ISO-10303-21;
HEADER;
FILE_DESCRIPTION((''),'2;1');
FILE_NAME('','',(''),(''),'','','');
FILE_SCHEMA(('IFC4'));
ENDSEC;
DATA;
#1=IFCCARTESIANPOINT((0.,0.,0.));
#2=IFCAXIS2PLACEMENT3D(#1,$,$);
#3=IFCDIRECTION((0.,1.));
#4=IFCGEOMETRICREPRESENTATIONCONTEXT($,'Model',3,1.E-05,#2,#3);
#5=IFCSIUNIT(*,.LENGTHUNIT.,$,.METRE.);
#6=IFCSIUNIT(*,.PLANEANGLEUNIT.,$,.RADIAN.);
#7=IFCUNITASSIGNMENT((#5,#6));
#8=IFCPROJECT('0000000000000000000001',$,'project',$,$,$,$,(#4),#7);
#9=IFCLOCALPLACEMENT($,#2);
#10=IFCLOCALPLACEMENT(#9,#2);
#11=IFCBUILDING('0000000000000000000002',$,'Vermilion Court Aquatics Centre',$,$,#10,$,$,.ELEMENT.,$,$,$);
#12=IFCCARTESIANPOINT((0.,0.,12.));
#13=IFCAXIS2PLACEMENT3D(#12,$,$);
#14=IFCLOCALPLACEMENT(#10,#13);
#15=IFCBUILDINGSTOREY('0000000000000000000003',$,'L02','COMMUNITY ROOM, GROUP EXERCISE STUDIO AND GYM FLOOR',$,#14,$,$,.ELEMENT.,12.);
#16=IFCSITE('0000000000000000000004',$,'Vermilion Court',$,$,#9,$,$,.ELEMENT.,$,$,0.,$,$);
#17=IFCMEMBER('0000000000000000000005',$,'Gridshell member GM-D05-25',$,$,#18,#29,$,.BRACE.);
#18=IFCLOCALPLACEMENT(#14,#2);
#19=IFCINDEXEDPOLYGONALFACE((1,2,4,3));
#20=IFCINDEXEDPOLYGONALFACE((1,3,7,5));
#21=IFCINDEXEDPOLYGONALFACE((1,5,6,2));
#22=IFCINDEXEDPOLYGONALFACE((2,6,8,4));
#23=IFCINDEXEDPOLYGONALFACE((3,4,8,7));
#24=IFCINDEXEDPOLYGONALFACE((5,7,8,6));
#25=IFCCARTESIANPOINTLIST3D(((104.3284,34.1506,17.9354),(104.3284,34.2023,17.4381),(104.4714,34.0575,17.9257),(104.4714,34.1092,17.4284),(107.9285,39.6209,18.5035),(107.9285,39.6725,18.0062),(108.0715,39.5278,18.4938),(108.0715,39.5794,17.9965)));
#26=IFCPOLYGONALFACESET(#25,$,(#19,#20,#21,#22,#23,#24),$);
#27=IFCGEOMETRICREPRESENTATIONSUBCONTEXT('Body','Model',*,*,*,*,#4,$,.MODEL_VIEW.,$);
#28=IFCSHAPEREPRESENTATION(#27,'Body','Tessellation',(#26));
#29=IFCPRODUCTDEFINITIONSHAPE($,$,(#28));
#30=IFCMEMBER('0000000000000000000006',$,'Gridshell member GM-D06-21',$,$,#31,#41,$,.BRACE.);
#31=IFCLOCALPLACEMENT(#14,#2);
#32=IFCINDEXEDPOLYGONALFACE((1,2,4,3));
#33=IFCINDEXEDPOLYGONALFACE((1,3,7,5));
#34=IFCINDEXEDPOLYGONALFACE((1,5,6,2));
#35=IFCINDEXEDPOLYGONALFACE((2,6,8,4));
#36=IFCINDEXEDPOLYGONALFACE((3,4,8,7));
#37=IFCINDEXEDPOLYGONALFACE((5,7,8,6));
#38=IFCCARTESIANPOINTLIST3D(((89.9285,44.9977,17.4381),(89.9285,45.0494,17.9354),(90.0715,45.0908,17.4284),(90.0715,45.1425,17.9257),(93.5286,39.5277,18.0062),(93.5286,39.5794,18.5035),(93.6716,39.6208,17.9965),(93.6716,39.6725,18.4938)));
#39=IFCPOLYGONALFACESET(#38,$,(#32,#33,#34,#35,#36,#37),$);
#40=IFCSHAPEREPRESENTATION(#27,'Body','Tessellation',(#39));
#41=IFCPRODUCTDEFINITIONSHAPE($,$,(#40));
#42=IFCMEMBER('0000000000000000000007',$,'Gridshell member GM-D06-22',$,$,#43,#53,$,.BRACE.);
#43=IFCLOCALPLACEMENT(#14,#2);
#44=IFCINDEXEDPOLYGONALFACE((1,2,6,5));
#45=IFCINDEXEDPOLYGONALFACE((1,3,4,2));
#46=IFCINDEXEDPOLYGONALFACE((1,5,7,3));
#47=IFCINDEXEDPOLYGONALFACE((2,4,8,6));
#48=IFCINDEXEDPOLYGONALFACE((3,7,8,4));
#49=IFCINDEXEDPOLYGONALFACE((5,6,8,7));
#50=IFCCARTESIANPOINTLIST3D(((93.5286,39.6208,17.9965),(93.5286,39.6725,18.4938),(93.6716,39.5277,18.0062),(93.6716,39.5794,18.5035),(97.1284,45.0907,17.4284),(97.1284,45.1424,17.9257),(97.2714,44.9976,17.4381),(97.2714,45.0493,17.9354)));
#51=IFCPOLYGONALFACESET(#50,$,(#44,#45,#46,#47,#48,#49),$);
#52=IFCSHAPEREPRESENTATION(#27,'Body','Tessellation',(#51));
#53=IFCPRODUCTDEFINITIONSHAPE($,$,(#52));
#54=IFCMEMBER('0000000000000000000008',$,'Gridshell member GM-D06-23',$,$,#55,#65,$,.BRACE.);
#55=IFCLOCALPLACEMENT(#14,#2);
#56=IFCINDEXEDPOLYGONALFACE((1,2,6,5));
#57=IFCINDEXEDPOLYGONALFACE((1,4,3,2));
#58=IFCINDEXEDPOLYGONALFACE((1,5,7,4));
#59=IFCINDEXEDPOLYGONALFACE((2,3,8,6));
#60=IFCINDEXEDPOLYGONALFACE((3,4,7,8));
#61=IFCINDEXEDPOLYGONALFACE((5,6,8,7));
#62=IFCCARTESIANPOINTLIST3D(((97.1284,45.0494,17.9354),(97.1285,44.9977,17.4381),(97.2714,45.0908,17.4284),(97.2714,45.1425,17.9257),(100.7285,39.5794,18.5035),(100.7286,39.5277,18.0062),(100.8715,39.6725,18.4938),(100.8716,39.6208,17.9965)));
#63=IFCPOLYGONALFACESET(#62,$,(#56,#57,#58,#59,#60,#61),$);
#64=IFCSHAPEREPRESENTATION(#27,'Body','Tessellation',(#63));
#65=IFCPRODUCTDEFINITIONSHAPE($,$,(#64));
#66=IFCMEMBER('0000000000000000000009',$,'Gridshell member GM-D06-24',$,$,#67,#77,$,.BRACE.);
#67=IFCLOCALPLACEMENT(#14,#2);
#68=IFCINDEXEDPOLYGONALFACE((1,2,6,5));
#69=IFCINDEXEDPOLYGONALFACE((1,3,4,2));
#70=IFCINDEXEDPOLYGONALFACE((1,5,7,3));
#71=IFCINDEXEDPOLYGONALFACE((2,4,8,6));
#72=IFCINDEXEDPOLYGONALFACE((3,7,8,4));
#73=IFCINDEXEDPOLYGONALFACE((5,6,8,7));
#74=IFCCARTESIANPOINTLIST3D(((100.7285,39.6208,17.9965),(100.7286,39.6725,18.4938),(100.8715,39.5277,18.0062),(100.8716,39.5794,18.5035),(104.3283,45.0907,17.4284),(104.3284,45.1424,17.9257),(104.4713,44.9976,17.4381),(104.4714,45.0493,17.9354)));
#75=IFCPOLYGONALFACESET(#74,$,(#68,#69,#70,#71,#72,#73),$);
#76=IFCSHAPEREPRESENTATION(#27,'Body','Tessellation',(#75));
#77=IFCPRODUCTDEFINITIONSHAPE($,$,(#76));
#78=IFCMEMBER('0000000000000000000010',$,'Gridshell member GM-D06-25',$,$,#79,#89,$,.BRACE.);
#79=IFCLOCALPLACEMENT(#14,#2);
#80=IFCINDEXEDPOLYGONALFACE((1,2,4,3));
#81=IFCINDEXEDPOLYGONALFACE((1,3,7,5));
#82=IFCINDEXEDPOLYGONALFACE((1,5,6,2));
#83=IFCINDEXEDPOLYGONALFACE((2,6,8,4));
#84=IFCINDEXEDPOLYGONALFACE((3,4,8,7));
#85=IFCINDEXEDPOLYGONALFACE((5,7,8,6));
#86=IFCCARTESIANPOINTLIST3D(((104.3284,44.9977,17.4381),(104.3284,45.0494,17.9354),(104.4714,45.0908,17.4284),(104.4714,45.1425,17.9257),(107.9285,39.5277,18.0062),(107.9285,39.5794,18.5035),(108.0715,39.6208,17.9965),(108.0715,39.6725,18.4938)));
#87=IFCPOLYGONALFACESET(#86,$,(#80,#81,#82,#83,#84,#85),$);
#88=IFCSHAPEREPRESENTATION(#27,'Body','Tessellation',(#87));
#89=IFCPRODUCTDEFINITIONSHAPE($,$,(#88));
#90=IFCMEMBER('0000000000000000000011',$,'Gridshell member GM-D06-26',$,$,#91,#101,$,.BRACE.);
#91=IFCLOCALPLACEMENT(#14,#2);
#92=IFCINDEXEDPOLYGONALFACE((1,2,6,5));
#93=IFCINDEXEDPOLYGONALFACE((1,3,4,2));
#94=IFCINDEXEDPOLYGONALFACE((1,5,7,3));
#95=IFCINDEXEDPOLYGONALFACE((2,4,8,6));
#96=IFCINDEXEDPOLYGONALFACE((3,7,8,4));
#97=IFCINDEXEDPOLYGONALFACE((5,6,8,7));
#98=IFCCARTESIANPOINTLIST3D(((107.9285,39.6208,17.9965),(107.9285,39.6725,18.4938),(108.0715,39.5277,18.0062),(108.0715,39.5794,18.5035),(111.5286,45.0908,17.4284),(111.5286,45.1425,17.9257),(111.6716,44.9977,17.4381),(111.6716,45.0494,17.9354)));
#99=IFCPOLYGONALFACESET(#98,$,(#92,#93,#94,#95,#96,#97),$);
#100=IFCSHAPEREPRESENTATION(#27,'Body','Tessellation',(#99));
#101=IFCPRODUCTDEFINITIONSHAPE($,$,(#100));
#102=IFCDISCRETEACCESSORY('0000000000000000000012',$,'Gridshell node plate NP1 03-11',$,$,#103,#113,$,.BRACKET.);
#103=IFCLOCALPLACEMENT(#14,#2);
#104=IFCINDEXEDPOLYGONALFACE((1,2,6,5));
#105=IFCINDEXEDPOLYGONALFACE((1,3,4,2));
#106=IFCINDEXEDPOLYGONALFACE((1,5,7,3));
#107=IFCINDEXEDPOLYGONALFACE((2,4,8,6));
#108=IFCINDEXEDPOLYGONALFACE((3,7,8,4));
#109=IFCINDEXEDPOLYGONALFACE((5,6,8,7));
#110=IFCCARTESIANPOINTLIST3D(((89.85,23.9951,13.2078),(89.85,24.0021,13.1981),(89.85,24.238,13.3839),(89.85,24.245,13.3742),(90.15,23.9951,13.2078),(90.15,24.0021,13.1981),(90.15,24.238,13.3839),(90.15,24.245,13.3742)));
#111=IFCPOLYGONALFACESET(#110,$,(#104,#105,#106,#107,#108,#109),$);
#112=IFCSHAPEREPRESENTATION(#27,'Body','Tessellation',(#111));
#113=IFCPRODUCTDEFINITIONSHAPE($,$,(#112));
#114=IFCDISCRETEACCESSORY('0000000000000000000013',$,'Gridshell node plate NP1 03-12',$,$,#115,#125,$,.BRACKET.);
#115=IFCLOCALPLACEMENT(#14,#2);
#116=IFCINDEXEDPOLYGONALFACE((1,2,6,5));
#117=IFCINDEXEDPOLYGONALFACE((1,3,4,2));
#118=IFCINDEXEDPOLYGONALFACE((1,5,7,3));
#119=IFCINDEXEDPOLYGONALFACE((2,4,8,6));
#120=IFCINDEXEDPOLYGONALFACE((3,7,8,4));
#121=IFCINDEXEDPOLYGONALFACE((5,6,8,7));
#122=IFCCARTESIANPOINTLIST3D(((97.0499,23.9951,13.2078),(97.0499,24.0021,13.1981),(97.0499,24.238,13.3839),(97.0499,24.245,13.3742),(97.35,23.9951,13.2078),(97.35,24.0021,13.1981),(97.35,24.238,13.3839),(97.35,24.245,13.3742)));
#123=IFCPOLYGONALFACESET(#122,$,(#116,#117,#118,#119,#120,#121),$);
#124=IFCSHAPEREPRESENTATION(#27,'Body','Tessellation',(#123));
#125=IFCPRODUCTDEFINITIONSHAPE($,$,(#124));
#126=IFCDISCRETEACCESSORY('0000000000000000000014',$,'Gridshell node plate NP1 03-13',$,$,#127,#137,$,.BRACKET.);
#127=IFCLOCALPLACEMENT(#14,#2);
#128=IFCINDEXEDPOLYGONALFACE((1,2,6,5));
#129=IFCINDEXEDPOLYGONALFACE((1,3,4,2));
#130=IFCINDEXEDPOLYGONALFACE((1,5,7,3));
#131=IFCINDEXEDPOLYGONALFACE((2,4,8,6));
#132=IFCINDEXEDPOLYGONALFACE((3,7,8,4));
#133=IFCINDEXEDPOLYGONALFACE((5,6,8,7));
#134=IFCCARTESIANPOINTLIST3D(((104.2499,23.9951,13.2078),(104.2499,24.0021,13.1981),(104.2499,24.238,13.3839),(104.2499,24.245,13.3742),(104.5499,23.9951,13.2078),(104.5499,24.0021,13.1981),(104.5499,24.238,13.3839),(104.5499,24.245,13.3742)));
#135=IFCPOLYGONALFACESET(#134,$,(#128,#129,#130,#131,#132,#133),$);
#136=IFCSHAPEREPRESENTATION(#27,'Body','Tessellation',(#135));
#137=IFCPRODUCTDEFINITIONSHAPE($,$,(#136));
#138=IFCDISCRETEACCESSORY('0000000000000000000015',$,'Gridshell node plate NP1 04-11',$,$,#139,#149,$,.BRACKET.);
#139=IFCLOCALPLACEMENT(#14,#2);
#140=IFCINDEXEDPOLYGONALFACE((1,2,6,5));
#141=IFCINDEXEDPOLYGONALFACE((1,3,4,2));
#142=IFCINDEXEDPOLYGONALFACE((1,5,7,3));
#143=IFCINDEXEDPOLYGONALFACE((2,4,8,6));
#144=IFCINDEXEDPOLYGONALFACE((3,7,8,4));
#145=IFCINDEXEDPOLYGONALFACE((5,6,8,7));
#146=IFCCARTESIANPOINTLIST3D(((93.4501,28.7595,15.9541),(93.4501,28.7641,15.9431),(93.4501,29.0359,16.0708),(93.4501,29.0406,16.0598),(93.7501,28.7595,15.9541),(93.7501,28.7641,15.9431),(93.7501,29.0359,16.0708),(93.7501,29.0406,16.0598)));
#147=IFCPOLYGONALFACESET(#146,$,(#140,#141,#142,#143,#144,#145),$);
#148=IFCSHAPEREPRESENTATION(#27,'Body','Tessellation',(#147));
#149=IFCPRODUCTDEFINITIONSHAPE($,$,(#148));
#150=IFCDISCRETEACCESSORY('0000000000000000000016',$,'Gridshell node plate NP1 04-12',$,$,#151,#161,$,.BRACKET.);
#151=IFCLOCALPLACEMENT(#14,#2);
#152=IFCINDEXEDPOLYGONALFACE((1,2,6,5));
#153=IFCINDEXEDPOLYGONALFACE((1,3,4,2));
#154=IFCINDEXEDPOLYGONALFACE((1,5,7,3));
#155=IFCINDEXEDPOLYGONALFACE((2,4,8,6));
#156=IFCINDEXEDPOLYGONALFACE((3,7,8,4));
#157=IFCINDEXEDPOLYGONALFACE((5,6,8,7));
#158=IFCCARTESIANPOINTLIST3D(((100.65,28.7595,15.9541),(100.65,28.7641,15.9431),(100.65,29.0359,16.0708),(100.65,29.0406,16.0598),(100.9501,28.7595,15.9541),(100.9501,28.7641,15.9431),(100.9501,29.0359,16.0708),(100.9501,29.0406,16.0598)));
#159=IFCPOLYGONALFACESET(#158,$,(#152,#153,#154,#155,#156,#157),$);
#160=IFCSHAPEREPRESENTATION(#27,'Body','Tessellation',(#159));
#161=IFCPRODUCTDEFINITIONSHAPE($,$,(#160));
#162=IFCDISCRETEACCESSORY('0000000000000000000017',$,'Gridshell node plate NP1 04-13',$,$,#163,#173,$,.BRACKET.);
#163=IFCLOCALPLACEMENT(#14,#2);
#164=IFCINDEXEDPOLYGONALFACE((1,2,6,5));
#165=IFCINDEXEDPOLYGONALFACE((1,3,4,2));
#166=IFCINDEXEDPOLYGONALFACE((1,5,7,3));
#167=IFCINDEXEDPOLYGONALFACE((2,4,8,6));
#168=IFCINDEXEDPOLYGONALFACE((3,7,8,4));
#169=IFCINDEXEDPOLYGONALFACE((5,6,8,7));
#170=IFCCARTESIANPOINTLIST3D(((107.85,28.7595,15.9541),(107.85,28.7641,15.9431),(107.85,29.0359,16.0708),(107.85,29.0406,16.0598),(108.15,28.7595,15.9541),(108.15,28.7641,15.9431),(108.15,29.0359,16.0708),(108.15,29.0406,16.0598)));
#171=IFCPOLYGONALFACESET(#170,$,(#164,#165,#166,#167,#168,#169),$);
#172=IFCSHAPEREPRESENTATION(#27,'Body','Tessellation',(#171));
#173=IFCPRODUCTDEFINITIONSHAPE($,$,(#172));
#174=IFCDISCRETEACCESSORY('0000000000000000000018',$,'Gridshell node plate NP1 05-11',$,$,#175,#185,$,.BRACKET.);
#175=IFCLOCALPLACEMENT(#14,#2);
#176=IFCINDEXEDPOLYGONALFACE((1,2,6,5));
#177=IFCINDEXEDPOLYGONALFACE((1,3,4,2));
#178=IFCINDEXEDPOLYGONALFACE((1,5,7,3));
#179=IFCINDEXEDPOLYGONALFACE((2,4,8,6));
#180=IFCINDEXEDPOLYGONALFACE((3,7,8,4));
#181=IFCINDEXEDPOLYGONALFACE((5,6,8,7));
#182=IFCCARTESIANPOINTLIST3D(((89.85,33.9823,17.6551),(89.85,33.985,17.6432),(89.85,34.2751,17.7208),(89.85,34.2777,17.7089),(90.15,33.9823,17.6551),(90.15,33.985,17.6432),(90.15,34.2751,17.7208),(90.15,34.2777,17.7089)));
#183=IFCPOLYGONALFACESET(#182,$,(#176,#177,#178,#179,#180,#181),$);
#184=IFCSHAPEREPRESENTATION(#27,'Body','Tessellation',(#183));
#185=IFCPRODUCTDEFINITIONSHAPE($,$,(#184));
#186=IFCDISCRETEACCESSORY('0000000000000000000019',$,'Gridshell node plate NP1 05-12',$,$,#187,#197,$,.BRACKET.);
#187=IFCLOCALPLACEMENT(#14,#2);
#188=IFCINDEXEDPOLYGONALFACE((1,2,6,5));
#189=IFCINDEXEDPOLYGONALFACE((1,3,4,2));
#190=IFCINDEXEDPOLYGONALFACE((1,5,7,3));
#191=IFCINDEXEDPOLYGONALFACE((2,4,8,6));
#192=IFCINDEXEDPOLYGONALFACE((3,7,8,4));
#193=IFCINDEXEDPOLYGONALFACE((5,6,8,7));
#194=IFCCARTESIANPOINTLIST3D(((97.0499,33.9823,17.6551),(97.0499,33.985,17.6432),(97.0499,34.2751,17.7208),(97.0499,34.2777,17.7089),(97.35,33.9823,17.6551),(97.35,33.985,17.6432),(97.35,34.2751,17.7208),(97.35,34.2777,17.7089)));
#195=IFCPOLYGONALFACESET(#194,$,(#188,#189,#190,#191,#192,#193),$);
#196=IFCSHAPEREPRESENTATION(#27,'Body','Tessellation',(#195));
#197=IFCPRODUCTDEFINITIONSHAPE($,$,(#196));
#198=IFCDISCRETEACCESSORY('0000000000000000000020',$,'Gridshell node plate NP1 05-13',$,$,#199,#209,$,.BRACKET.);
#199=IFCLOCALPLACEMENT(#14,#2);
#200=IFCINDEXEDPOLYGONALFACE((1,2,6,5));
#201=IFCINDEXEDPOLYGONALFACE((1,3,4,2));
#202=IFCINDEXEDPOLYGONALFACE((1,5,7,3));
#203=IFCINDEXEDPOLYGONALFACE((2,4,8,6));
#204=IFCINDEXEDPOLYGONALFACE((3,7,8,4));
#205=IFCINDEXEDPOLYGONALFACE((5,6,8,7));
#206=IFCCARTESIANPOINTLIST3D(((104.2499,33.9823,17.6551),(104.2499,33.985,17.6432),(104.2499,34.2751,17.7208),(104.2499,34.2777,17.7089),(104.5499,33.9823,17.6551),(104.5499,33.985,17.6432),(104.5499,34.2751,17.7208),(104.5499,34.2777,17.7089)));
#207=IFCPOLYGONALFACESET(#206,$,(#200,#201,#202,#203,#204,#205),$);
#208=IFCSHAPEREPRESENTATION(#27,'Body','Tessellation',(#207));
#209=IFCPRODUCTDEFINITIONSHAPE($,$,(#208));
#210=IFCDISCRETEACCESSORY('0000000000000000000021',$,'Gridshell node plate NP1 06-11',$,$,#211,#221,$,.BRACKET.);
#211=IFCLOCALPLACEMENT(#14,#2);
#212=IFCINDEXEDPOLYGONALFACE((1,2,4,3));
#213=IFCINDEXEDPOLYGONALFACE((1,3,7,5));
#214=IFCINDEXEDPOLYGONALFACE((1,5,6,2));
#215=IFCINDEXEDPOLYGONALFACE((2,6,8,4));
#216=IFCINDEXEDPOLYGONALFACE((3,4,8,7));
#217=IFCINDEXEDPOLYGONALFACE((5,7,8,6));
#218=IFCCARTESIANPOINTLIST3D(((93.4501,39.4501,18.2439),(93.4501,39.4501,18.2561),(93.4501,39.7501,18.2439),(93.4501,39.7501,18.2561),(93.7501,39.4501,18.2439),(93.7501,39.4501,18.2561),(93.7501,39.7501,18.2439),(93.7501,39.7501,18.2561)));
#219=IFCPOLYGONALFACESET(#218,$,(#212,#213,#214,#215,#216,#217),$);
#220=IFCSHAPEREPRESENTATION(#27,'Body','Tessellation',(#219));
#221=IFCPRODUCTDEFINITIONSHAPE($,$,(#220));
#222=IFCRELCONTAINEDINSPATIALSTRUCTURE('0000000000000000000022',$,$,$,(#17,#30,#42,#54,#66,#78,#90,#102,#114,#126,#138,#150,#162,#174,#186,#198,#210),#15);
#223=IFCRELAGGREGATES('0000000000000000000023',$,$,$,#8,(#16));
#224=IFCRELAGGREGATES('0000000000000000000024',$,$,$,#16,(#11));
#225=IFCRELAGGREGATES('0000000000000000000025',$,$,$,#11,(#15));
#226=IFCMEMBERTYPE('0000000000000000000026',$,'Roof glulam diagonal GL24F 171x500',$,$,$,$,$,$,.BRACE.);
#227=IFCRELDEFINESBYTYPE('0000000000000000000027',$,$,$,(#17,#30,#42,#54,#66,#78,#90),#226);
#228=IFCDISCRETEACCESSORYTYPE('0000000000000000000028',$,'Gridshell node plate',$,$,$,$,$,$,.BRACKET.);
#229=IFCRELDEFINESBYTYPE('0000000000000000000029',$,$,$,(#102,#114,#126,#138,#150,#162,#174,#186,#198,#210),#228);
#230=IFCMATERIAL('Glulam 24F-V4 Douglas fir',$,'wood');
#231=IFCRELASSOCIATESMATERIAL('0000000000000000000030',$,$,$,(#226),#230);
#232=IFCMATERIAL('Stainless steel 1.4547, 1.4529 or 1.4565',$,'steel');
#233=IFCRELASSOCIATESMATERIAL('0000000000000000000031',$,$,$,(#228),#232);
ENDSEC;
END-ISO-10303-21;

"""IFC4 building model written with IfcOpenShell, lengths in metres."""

from ifc_helpers import new_model, si_unit, direction, frame, origin, origin_2d, place, context, subcontext, project, spatial, rectangle, extrude, material, material_profile, profile_set, type_object, element, save


model = new_model("IFC4")

# Units and contexts
model_context = context("Model", 3, precision=1e-05, world=origin(), true_north=direction((0.0, 1.0)))
body_context = subcontext(model_context, "Body", "Model", "MODEL_VIEW")
ifc_project = project(units=[si_unit("LENGTHUNIT", "METRE"), si_unit("PLANEANGLEUNIT", "RADIAN")], contexts=[model_context])

# Site, building, storey
site_placement = place(None, origin())
site = spatial("IfcSite", under=ifc_project, at=site_placement, Name="Vermilion Court", CompositionType="ELEMENT", RefElevation=0.0)
building_placement = place(site_placement, origin())
building = spatial("IfcBuilding", under=site, at=building_placement, Name="Vermilion Court Aquatics Centre", CompositionType="ELEMENT")
storey_placement = place(building_placement, frame((0.0, 0.0, 12.0)))
storey = spatial("IfcBuildingStorey", under=building, at=storey_placement, Name="L02", Description="COMMUNITY ROOM, GROUP EXERCISE STUDIO AND GYM FLOOR", CompositionType="ELEMENT", Elevation=12.0)

# Members
ifc_material_1 = material(Name="Glulam 24F-V4 Douglas fir", Category="wood")
ifc_material_profile_1 = material_profile(ifc_material_1, rectangle(XDim=0.1709, YDim=0.5, at=origin_2d()), Name="GL24F 171x500")
ifc_profile_set_1 = profile_set([ifc_material_profile_1], Name="Glulam 24F-V4 Douglas fir")
member_type = type_object("IfcMemberType", Name="Roof glulam diagonal GL24F 171x500", PredefinedType="BRACE", material=ifc_profile_set_1)
member_1_placement = place(storey_placement, frame((104.3999, 34.1299, 17.6819), z_axis=(0.547695, 0.832202, 0.086429), x_axis=(-0.836678, 0.54477, 0.056532)))
element("IfcMember", 1, at=member_1_placement, inside=storey, type_object=member_type, Name="Gridshell member GM-D05-25", PredefinedType="BRACE", context=body_context, shape_type="SweptSolid", body=[
    extrude(rectangle(XDim=0.1709, YDim=0.5, at=origin_2d()), origin(), (0.0, 0.0, 1.0), 6.5732),
])
member_2_placement = place(storey_placement, frame((93.6001, 39.6001, 18.25), z_axis=(-0.547712, 0.832191, -0.086432), x_axis=(-0.836667, -0.544787, 0.056532)))
element("IfcMember", 2, at=member_2_placement, inside=storey, type_object=member_type, Name="Gridshell member GM-D06-21", PredefinedType="BRACE", context=body_context, shape_type="SweptSolid", body=[
    extrude(rectangle(XDim=0.1709, YDim=0.5, at=origin_2d()), origin(), (0.0, 0.0, 1.0), 6.573),
])
member_3_placement = place(storey_placement, frame((93.6001, 39.6001, 18.25), z_axis=(0.547686, 0.832208, -0.086434), x_axis=(-0.836684, 0.54476, -0.056532)))
element("IfcMember", 3, at=member_3_placement, inside=storey, type_object=member_type, Name="Gridshell member GM-D06-22", PredefinedType="BRACE", context=body_context, shape_type="SweptSolid", body=[
    extrude(rectangle(XDim=0.1709, YDim=0.5, at=origin_2d()), origin(), (0.0, 0.0, 1.0), 6.5728),
])
member_4_placement = place(storey_placement, frame((100.8, 39.6001, 18.25), z_axis=(-0.547712, 0.832191, -0.086432), x_axis=(-0.836667, -0.544787, 0.056532)))
element("IfcMember", 4, at=member_4_placement, inside=storey, type_object=member_type, Name="Gridshell member GM-D06-23", PredefinedType="BRACE", context=body_context, shape_type="SweptSolid", body=[
    extrude(rectangle(XDim=0.1709, YDim=0.5, at=origin_2d()), origin(), (0.0, 0.0, 1.0), 6.573),
])
member_5_placement = place(storey_placement, frame((100.8, 39.6001, 18.25), z_axis=(0.547686, 0.832208, -0.086434), x_axis=(-0.836684, 0.54476, -0.056532)))
element("IfcMember", 5, at=member_5_placement, inside=storey, type_object=member_type, Name="Gridshell member GM-D06-24", PredefinedType="BRACE", context=body_context, shape_type="SweptSolid", body=[
    extrude(rectangle(XDim=0.1709, YDim=0.5, at=origin_2d()), origin(), (0.0, 0.0, 1.0), 6.5728),
])
for number, where, z_axis, x_axis, name in (
    (6, (108.0, 39.6001, 18.25), (-0.547712, 0.832191, -0.086432), (-0.836667, -0.544787, 0.056532), "Gridshell member GM-D06-25"),
    (7, (108.0, 39.6001, 18.25), (0.547712, 0.832191, -0.086432), (-0.836667, 0.544787, -0.056532), "Gridshell member GM-D06-26"),
):
    element("IfcMember", number, at=place(storey_placement, frame(where, z_axis=z_axis, x_axis=x_axis)), inside=storey, type_object=member_type, Name=name, PredefinedType="BRACE", context=body_context, shape_type="SweptSolid", body=[
        extrude(rectangle(XDim=0.1709, YDim=0.5, at=origin_2d()), origin(), (0.0, 0.0, 1.0), 6.573),
    ])

# Discrete accessories
ifc_material_2 = material(Name="Stainless steel 1.4547, 1.4529 or 1.4565", Category="steel")
ifc_material_profile_2 = material_profile(ifc_material_2, rectangle(XDim=0.3, YDim=0.3, at=origin_2d()), Name="PL 12 x 300 x 300")
ifc_profile_set_2 = profile_set([ifc_material_profile_2], Name="Stainless steel 1.4547, 1.4529 or 1.4565")
discrete_accessory_type = type_object("IfcDiscreteAccessoryType", Name="Gridshell node plate", PredefinedType="BRACKET", material=ifc_profile_set_2)
for number, where, z_axis, x_axis, name in (
    (8, (90.0, 24.1235, 13.2861), (0.0, -0.586968, 0.80961), (1.0, 0.0, 0.0), "Gridshell node plate NP1 03-11"),
    (9, (97.2, 24.1235, 13.2861), (0.0, -0.586968, 0.80961), (1.0, 0.0, 0.0), "Gridshell node plate NP1 03-12"),
    (10, (104.3999, 24.1235, 13.2861), (0.0, -0.586968, 0.80961), (1.0, 0.0, 0.0), "Gridshell node plate NP1 03-13"),
    (11, (93.6001, 28.9023, 16.0015), (0.0, -0.388972, 0.92125), (1.0, 0.0, 0.0), "Gridshell node plate NP1 04-11"),
    (12, (100.8, 28.9023, 16.0015), (0.0, -0.388972, 0.92125), (1.0, 0.0, 0.0), "Gridshell node plate NP1 04-12"),
    (13, (108.0, 28.9023, 16.0015), (0.0, -0.388972, 0.92125), (1.0, 0.0, 0.0), "Gridshell node plate NP1 04-13"),
):
    element("IfcDiscreteAccessory", number, at=place(storey_placement, frame(where, z_axis=z_axis, x_axis=x_axis)), inside=storey, type_object=discrete_accessory_type, Name=name, PredefinedType="BRACKET", context=body_context, shape_type="SweptSolid", body=[
        extrude(rectangle(XDim=0.3, YDim=0.3, at=origin_2d()), origin(), (0.0, 0.0, 1.0), 0.012),
    ])
for number, where, z_axis, x_axis, name in (
    (14, (90.0, 34.1313, 17.676), (0.0, -0.219038, 0.975716), (1.0, 0.0, 0.0), "Gridshell node plate NP1 05-11"),
    (15, (97.2, 34.1313, 17.676), (0.0, -0.219038, 0.975716), (1.0, 0.0, 0.0), "Gridshell node plate NP1 05-12"),
    (16, (104.3999, 34.1313, 17.676), (0.0, -0.219038, 0.975716), (1.0, 0.0, 0.0), "Gridshell node plate NP1 05-13"),
    (17, (93.6001, 39.6001, 18.2439), (0.0, 0.0, 1.0), (1.0, 0.0, 0.0), "Gridshell node plate NP1 06-11"),
):
    element("IfcDiscreteAccessory", number, at=place(storey_placement, frame(where, z_axis=z_axis, x_axis=x_axis)), inside=storey, type_object=discrete_accessory_type, Name=name, PredefinedType="BRACKET", context=body_context, shape_type="SweptSolid", body=[
        extrude(rectangle(XDim=0.3, YDim=0.3, at=origin_2d()), origin(), (0.0, 0.0, 1.0), 0.0122),
    ])

save(model, "model.ifc")
